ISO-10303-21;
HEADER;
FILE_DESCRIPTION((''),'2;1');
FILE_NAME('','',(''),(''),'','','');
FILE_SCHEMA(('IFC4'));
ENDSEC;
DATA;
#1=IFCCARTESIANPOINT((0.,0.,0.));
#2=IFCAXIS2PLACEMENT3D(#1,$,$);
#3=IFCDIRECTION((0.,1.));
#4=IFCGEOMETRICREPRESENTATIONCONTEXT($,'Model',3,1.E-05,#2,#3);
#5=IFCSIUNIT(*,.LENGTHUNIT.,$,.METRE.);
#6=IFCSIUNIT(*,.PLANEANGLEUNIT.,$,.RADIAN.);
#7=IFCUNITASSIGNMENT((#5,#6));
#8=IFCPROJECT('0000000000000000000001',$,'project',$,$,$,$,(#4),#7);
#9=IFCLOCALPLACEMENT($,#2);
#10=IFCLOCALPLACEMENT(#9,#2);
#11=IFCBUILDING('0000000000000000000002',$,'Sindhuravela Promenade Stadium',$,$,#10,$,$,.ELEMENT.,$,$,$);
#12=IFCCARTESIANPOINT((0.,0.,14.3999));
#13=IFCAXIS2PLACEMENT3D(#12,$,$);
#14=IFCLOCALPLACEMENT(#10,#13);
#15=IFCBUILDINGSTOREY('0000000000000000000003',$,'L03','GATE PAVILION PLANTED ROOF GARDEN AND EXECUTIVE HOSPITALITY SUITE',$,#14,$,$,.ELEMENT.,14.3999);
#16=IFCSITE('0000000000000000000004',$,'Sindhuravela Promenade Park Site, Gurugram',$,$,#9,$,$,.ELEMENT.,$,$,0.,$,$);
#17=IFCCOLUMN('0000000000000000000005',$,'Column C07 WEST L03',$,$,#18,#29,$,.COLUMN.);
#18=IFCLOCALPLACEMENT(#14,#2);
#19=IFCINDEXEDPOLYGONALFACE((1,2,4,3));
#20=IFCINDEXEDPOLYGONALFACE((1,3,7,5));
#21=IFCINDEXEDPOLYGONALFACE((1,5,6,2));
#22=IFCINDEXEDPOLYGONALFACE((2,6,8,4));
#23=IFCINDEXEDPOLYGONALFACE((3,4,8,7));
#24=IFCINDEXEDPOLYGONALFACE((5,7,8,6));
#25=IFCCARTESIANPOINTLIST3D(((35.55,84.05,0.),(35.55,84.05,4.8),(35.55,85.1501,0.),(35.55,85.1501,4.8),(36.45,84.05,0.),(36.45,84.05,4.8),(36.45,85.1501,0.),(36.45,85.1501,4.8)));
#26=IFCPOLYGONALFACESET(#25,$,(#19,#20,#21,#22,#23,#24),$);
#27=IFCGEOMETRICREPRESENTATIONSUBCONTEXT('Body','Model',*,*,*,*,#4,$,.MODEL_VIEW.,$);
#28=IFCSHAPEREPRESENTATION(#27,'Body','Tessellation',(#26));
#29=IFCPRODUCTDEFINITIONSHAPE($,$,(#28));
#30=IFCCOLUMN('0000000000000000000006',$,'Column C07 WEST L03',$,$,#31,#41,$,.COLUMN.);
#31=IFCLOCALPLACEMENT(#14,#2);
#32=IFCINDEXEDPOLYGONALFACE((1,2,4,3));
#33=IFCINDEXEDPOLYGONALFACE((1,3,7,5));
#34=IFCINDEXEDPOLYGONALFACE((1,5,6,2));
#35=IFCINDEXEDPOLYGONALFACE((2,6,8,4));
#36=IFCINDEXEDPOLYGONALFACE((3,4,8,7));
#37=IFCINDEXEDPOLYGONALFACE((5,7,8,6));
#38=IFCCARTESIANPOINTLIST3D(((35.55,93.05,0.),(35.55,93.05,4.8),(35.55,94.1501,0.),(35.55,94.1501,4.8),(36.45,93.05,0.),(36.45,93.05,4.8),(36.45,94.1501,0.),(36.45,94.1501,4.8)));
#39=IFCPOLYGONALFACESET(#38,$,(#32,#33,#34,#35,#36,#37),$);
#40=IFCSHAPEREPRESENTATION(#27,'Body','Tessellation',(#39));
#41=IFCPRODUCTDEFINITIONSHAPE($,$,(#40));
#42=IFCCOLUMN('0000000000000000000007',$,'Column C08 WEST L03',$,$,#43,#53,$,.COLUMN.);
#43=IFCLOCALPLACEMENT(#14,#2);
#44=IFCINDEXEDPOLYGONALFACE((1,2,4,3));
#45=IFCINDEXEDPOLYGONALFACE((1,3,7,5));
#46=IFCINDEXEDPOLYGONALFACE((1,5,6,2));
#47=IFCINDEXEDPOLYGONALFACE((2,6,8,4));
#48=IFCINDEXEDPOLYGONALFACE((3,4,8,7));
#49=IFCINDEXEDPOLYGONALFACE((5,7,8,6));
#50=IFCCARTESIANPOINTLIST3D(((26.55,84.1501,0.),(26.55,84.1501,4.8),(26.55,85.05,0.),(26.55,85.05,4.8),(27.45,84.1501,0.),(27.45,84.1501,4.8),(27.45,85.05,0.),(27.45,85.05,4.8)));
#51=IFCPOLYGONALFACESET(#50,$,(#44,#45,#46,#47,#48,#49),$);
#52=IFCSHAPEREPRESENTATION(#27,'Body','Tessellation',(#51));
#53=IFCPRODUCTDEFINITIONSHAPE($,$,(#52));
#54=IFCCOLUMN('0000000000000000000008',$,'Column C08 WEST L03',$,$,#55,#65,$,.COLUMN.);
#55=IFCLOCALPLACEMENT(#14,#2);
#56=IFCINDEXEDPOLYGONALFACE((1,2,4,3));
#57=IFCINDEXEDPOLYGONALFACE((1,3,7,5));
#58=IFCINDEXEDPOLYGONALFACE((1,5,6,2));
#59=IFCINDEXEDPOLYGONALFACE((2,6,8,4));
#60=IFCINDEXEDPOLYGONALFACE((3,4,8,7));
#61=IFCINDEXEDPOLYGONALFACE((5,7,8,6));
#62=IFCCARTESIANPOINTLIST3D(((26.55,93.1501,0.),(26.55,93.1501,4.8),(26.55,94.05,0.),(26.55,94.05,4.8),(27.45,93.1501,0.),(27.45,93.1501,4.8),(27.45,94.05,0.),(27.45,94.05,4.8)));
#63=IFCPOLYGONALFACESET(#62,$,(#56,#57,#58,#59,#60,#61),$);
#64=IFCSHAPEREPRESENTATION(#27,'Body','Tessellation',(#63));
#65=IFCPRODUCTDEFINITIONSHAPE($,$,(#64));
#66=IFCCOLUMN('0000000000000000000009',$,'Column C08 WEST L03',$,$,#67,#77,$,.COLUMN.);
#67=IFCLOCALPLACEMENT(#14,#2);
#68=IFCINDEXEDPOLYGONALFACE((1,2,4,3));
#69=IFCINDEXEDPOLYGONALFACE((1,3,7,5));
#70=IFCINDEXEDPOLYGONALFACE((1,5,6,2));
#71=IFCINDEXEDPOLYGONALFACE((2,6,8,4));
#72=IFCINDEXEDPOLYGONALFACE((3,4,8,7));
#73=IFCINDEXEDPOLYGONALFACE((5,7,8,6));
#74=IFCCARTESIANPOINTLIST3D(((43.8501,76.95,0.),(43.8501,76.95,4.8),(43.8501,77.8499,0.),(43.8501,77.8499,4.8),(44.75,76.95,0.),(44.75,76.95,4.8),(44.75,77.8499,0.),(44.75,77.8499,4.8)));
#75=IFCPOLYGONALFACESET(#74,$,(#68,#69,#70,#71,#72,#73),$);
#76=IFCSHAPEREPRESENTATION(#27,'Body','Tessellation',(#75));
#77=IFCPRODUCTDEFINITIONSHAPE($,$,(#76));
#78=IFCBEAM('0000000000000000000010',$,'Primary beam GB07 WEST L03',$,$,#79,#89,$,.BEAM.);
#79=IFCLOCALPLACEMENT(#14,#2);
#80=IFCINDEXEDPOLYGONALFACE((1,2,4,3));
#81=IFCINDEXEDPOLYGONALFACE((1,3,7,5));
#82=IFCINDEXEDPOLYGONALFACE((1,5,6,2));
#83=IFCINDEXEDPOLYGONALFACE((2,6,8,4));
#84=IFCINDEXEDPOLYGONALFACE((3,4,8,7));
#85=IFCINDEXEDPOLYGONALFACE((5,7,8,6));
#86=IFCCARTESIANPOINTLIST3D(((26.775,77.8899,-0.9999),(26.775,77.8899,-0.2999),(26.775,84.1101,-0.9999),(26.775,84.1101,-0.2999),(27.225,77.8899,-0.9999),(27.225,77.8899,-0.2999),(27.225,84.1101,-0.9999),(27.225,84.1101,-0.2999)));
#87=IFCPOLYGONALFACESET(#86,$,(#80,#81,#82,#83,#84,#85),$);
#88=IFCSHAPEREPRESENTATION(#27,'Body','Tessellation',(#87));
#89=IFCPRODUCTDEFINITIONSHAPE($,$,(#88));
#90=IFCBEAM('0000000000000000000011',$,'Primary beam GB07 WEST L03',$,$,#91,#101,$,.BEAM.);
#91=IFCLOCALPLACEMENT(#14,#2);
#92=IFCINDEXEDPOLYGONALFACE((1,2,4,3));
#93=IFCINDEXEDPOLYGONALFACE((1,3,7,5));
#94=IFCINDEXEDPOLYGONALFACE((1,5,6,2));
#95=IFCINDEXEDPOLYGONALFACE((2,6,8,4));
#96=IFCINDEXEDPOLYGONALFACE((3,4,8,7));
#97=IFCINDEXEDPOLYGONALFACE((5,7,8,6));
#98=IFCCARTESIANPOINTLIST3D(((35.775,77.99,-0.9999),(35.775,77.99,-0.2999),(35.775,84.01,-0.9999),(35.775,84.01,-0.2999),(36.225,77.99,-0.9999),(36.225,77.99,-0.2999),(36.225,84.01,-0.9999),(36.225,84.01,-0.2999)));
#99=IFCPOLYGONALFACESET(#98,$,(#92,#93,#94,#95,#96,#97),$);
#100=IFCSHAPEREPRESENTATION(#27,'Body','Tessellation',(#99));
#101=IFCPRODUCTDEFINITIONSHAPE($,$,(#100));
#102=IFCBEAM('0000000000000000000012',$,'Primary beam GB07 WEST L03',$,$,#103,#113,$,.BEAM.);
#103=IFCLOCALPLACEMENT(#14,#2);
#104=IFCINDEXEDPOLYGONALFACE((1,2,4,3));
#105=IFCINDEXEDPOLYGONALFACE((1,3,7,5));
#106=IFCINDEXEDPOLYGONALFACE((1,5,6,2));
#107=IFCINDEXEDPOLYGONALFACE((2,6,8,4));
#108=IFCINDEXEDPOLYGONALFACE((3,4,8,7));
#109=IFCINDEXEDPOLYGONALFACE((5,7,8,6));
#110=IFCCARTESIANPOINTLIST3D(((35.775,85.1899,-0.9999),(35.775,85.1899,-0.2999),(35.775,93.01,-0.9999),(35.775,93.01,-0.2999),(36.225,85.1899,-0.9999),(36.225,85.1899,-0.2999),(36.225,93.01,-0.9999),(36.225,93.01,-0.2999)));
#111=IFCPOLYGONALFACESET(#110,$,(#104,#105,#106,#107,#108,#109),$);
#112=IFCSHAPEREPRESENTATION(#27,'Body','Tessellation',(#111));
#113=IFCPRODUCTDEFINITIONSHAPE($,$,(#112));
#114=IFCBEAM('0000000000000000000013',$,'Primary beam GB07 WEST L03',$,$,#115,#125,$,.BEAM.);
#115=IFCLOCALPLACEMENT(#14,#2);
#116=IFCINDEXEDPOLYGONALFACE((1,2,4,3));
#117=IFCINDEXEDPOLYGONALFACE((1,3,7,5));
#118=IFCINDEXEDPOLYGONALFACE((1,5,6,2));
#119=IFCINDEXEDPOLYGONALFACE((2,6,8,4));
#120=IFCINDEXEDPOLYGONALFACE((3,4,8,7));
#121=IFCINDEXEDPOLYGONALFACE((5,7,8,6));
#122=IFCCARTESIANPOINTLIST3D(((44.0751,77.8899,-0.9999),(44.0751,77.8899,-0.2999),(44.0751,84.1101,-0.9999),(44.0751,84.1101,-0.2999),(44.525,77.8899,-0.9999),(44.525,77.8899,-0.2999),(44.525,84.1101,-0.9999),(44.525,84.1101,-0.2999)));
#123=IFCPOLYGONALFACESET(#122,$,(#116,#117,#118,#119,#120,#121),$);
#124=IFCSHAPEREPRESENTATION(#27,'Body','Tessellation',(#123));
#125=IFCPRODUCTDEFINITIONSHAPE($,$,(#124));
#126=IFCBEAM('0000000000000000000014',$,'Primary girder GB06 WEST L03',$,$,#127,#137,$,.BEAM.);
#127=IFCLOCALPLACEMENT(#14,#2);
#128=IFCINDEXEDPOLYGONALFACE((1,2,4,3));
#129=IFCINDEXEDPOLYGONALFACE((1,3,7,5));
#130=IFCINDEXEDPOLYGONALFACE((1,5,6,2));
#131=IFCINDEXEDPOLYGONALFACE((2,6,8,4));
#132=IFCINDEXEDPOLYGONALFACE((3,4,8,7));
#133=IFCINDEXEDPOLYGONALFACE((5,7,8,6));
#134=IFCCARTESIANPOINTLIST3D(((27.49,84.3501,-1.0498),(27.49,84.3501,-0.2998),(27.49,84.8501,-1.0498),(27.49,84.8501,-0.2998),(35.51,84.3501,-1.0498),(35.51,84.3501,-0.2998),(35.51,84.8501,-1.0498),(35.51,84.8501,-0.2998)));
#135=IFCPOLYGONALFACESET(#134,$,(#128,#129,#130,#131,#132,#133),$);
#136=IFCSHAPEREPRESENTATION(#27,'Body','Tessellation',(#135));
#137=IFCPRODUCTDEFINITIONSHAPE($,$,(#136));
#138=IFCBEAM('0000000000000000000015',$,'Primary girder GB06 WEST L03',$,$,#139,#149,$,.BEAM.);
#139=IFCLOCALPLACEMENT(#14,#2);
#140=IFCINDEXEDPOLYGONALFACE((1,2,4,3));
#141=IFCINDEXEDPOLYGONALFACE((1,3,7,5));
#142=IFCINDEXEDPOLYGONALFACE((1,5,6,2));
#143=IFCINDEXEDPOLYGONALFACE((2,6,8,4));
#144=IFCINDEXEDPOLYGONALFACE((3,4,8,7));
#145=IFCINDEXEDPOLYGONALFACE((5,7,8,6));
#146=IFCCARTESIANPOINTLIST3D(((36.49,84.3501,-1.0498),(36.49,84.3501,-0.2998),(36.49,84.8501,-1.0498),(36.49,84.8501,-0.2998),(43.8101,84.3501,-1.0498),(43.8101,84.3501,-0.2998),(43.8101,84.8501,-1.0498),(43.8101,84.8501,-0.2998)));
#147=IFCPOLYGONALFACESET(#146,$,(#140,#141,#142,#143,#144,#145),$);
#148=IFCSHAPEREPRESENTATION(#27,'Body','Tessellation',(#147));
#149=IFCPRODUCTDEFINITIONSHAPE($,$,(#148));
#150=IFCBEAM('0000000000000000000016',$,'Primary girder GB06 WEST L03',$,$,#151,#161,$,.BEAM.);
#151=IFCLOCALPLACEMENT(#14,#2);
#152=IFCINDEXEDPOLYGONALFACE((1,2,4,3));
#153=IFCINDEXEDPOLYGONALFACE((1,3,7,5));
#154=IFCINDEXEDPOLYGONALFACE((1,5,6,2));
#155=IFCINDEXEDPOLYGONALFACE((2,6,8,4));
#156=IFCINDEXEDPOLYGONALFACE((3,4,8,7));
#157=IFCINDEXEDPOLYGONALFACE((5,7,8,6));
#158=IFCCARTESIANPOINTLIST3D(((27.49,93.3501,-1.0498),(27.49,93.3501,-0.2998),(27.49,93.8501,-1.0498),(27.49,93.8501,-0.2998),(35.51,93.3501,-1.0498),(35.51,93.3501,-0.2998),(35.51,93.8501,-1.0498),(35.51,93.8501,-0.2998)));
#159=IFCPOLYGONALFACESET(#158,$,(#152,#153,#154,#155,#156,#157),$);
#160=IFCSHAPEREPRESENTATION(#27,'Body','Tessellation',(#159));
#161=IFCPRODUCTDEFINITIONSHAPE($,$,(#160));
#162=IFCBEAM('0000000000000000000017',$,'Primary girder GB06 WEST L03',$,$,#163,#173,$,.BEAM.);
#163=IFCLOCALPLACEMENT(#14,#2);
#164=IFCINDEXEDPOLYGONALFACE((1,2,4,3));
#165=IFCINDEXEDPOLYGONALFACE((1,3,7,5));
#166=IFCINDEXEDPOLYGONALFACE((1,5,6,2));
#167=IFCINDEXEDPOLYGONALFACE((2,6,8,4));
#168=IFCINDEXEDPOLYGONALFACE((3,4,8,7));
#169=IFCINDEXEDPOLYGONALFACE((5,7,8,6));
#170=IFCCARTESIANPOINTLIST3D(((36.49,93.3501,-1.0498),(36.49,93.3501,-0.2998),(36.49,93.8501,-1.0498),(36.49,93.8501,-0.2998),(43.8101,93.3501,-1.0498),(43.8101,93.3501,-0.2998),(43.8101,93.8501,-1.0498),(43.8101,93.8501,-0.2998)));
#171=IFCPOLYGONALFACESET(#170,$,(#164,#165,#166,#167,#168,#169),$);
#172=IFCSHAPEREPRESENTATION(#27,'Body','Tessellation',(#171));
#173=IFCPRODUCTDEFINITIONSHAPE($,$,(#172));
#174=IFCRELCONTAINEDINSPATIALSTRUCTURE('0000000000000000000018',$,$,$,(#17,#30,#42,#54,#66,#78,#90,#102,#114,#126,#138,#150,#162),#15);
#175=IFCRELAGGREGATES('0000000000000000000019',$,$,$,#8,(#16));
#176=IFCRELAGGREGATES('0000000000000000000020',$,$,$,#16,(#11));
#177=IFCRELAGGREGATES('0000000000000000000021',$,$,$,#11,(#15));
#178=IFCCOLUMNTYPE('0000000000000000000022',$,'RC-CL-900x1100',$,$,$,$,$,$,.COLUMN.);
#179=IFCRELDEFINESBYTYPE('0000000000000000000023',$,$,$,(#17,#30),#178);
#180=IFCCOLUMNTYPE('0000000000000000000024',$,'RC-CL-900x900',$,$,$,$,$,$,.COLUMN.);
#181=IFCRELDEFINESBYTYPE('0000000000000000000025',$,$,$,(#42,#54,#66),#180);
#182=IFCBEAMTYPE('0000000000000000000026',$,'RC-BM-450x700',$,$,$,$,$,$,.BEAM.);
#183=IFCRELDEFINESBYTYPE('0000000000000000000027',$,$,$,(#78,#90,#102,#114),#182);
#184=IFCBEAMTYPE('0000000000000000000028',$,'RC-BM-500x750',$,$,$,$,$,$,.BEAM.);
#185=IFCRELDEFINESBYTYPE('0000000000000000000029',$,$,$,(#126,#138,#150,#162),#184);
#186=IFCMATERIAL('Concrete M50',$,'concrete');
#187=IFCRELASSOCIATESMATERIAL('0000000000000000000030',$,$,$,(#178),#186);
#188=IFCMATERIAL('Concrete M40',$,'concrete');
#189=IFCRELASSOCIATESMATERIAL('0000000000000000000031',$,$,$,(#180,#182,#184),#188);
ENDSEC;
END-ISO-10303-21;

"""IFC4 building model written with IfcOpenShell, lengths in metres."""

from ifc_helpers import new_model, si_unit, direction, frame, origin, origin_2d, place, context, subcontext, project, spatial, rectangle, extrude, material, material_profile, profile_set, type_object, element, save


model = new_model("IFC4")

# Units and contexts
model_context = context("Model", 3, precision=1e-05, world=origin(), true_north=direction((0.0, 1.0)))
body_context = subcontext(model_context, "Body", "Model", "MODEL_VIEW")
ifc_project = project(units=[si_unit("LENGTHUNIT", "METRE"), si_unit("PLANEANGLEUNIT", "RADIAN")], contexts=[model_context])

# Site, building, storey
site_placement = place(None, origin())
site = spatial("IfcSite", under=ifc_project, at=site_placement, Name="Sindhuravela Promenade Park Site, Gurugram", CompositionType="ELEMENT", RefElevation=0.0)
building_placement = place(site_placement, origin())
building = spatial("IfcBuilding", under=site, at=building_placement, Name="Sindhuravela Promenade Stadium", CompositionType="ELEMENT")
storey_placement = place(building_placement, frame((0.0, 0.0, 14.3999)))
storey = spatial("IfcBuildingStorey", under=building, at=storey_placement, Name="L03", Description="GATE PAVILION PLANTED ROOF GARDEN AND EXECUTIVE HOSPITALITY SUITE", CompositionType="ELEMENT", Elevation=14.3999)

# Columns
ifc_material_1 = material(Name="Concrete M50", Category="concrete")
ifc_material_profile_1 = material_profile(ifc_material_1, rectangle(XDim=0.8999, YDim=1.1001, at=origin_2d()), Name="RC 900x1100")
ifc_profile_set_1 = profile_set([ifc_material_profile_1], Name="Concrete M50")
column_type_1 = type_object("IfcColumnType", Name="RC-CL-900x1100", PredefinedType="COLUMN", material=ifc_profile_set_1)
for number, where, z_axis, x_axis, name in (
    (1, (36.0, 84.6001, 0.0), (0.0, 0.0, 1.0), (1.0, 0.0, 0.0), "Column C07 WEST L03"),
    (2, (36.0, 93.6001, 0.0), (0.0, 0.0, 1.0), (1.0, 0.0, 0.0), "Column C07 WEST L03"),
):
    element("IfcColumn", number, at=place(storey_placement, frame(where, z_axis=z_axis, x_axis=x_axis)), inside=storey, type_object=column_type_1, Name=name, PredefinedType="COLUMN", context=body_context, shape_type="SweptSolid", body=[
        extrude(rectangle(XDim=0.8999, YDim=1.1001, at=origin_2d()), origin(), (0.0, 0.0, 1.0), 4.8),
    ])
ifc_material_2 = material(Name="Concrete M40", Category="concrete")
ifc_material_profile_2 = material_profile(ifc_material_2, rectangle(XDim=0.8999, YDim=0.8999, at=origin_2d()), Name="RC 900x900")
ifc_profile_set_2 = profile_set([ifc_material_profile_2], Name="Concrete M40")
column_type_2 = type_object("IfcColumnType", Name="RC-CL-900x900", PredefinedType="COLUMN", material=ifc_profile_set_2)
for number, where, z_axis, x_axis, name in (
    (3, (27.0, 84.6001, 0.0), (0.0, 0.0, 1.0), (1.0, 0.0, 0.0), "Column C08 WEST L03"),
    (4, (27.0, 93.6001, 0.0), (0.0, 0.0, 1.0), (1.0, 0.0, 0.0), "Column C08 WEST L03"),
    (5, (44.3, 77.3999, 0.0), (0.0, 0.0, 1.0), (1.0, 0.0, 0.0), "Column C08 WEST L03"),
):
    element("IfcColumn", number, at=place(storey_placement, frame(where, z_axis=z_axis, x_axis=x_axis)), inside=storey, type_object=column_type_2, Name=name, PredefinedType="COLUMN", context=body_context, shape_type="SweptSolid", body=[
        extrude(rectangle(XDim=0.8999, YDim=0.8999, at=origin_2d()), origin(), (0.0, 0.0, 1.0), 4.8),
    ])

# Beams
ifc_material_profile_3 = material_profile(ifc_material_2, rectangle(XDim=0.45, YDim=0.7, at=origin_2d()), Name="RC 450x700")
ifc_profile_set_3 = profile_set([ifc_material_profile_3], Name="Concrete M40")
beam_type_1 = type_object("IfcBeamType", Name="RC-BM-450x700", PredefinedType="BEAM", material=ifc_profile_set_3)
beam_1_placement = place(storey_placement, frame((27.0, 77.8899, -0.6499), z_axis=(0.0, 1.0, 0.0), x_axis=(-1.0, 0.0, 0.0)))
element("IfcBeam", 6, at=beam_1_placement, inside=storey, type_object=beam_type_1, Name="Primary beam GB07 WEST L03", PredefinedType="BEAM", context=body_context, shape_type="SweptSolid", body=[
    extrude(rectangle(XDim=0.45, YDim=0.7, at=origin_2d()), origin(), (0.0, 0.0, 1.0), 6.2202),
])
beam_2_placement = place(storey_placement, frame((36.0, 77.99, -0.6499), z_axis=(0.0, 1.0, 0.0), x_axis=(-1.0, 0.0, 0.0)))
element("IfcBeam", 7, at=beam_2_placement, inside=storey, type_object=beam_type_1, Name="Primary beam GB07 WEST L03", PredefinedType="BEAM", context=body_context, shape_type="SweptSolid", body=[
    extrude(rectangle(XDim=0.45, YDim=0.7, at=origin_2d()), origin(), (0.0, 0.0, 1.0), 6.02),
])
beam_3_placement = place(storey_placement, frame((36.0, 85.1899, -0.6499), z_axis=(0.0, 1.0, 0.0), x_axis=(-1.0, 0.0, 0.0)))
element("IfcBeam", 8, at=beam_3_placement, inside=storey, type_object=beam_type_1, Name="Primary beam GB07 WEST L03", PredefinedType="BEAM", context=body_context, shape_type="SweptSolid", body=[
    extrude(rectangle(XDim=0.45, YDim=0.7, at=origin_2d()), origin(), (0.0, 0.0, 1.0), 7.8201),
])
beam_4_placement = place(storey_placement, frame((44.3, 77.8899, -0.6499), z_axis=(0.0, 1.0, 0.0), x_axis=(-1.0, 0.0, 0.0)))
element("IfcBeam", 9, at=beam_4_placement, inside=storey, type_object=beam_type_1, Name="Primary beam GB07 WEST L03", PredefinedType="BEAM", context=body_context, shape_type="SweptSolid", body=[
    extrude(rectangle(XDim=0.45, YDim=0.7, at=origin_2d()), origin(), (0.0, 0.0, 1.0), 6.2202),
])
ifc_material_profile_4 = material_profile(ifc_material_2, rectangle(XDim=0.5, YDim=0.75, at=origin_2d()), Name="RC 500x750")
ifc_profile_set_4 = profile_set([ifc_material_profile_4], Name="Concrete M40")
beam_type_2 = type_object("IfcBeamType", Name="RC-BM-500x750", PredefinedType="BEAM", material=ifc_profile_set_4)
beam_5_placement = place(storey_placement, frame((27.49, 84.6001, -0.6748), z_axis=(1.0, 0.0, 0.0), x_axis=(0.0, 1.0, 0.0)))
element("IfcBeam", 10, at=beam_5_placement, inside=storey, type_object=beam_type_2, Name="Primary girder GB06 WEST L03", PredefinedType="BEAM", context=body_context, shape_type="SweptSolid", body=[
    extrude(rectangle(XDim=0.5, YDim=0.75, at=origin_2d()), origin(), (0.0, 0.0, 1.0), 8.02),
])
beam_6_placement = place(storey_placement, frame((36.49, 84.6001, -0.6748), z_axis=(1.0, 0.0, 0.0), x_axis=(0.0, 1.0, 0.0)))
element("IfcBeam", 11, at=beam_6_placement, inside=storey, type_object=beam_type_2, Name="Primary girder GB06 WEST L03", PredefinedType="BEAM", context=body_context, shape_type="SweptSolid", body=[
    extrude(rectangle(XDim=0.5, YDim=0.75, at=origin_2d()), origin(), (0.0, 0.0, 1.0), 7.3201),
])
beam_7_placement = place(storey_placement, frame((27.49, 93.6001, -0.6748), z_axis=(1.0, 0.0, 0.0), x_axis=(0.0, 1.0, 0.0)))
element("IfcBeam", 12, at=beam_7_placement, inside=storey, type_object=beam_type_2, Name="Primary girder GB06 WEST L03", PredefinedType="BEAM", context=body_context, shape_type="SweptSolid", body=[
    extrude(rectangle(XDim=0.5, YDim=0.75, at=origin_2d()), origin(), (0.0, 0.0, 1.0), 8.02),
])
beam_8_placement = place(storey_placement, frame((36.49, 93.6001, -0.6748), z_axis=(1.0, 0.0, 0.0), x_axis=(0.0, 1.0, 0.0)))
element("IfcBeam", 13, at=beam_8_placement, inside=storey, type_object=beam_type_2, Name="Primary girder GB06 WEST L03", PredefinedType="BEAM", context=body_context, shape_type="SweptSolid", body=[
    extrude(rectangle(XDim=0.5, YDim=0.75, at=origin_2d()), origin(), (0.0, 0.0, 1.0), 7.3201),
])

save(model, "model.ifc")
